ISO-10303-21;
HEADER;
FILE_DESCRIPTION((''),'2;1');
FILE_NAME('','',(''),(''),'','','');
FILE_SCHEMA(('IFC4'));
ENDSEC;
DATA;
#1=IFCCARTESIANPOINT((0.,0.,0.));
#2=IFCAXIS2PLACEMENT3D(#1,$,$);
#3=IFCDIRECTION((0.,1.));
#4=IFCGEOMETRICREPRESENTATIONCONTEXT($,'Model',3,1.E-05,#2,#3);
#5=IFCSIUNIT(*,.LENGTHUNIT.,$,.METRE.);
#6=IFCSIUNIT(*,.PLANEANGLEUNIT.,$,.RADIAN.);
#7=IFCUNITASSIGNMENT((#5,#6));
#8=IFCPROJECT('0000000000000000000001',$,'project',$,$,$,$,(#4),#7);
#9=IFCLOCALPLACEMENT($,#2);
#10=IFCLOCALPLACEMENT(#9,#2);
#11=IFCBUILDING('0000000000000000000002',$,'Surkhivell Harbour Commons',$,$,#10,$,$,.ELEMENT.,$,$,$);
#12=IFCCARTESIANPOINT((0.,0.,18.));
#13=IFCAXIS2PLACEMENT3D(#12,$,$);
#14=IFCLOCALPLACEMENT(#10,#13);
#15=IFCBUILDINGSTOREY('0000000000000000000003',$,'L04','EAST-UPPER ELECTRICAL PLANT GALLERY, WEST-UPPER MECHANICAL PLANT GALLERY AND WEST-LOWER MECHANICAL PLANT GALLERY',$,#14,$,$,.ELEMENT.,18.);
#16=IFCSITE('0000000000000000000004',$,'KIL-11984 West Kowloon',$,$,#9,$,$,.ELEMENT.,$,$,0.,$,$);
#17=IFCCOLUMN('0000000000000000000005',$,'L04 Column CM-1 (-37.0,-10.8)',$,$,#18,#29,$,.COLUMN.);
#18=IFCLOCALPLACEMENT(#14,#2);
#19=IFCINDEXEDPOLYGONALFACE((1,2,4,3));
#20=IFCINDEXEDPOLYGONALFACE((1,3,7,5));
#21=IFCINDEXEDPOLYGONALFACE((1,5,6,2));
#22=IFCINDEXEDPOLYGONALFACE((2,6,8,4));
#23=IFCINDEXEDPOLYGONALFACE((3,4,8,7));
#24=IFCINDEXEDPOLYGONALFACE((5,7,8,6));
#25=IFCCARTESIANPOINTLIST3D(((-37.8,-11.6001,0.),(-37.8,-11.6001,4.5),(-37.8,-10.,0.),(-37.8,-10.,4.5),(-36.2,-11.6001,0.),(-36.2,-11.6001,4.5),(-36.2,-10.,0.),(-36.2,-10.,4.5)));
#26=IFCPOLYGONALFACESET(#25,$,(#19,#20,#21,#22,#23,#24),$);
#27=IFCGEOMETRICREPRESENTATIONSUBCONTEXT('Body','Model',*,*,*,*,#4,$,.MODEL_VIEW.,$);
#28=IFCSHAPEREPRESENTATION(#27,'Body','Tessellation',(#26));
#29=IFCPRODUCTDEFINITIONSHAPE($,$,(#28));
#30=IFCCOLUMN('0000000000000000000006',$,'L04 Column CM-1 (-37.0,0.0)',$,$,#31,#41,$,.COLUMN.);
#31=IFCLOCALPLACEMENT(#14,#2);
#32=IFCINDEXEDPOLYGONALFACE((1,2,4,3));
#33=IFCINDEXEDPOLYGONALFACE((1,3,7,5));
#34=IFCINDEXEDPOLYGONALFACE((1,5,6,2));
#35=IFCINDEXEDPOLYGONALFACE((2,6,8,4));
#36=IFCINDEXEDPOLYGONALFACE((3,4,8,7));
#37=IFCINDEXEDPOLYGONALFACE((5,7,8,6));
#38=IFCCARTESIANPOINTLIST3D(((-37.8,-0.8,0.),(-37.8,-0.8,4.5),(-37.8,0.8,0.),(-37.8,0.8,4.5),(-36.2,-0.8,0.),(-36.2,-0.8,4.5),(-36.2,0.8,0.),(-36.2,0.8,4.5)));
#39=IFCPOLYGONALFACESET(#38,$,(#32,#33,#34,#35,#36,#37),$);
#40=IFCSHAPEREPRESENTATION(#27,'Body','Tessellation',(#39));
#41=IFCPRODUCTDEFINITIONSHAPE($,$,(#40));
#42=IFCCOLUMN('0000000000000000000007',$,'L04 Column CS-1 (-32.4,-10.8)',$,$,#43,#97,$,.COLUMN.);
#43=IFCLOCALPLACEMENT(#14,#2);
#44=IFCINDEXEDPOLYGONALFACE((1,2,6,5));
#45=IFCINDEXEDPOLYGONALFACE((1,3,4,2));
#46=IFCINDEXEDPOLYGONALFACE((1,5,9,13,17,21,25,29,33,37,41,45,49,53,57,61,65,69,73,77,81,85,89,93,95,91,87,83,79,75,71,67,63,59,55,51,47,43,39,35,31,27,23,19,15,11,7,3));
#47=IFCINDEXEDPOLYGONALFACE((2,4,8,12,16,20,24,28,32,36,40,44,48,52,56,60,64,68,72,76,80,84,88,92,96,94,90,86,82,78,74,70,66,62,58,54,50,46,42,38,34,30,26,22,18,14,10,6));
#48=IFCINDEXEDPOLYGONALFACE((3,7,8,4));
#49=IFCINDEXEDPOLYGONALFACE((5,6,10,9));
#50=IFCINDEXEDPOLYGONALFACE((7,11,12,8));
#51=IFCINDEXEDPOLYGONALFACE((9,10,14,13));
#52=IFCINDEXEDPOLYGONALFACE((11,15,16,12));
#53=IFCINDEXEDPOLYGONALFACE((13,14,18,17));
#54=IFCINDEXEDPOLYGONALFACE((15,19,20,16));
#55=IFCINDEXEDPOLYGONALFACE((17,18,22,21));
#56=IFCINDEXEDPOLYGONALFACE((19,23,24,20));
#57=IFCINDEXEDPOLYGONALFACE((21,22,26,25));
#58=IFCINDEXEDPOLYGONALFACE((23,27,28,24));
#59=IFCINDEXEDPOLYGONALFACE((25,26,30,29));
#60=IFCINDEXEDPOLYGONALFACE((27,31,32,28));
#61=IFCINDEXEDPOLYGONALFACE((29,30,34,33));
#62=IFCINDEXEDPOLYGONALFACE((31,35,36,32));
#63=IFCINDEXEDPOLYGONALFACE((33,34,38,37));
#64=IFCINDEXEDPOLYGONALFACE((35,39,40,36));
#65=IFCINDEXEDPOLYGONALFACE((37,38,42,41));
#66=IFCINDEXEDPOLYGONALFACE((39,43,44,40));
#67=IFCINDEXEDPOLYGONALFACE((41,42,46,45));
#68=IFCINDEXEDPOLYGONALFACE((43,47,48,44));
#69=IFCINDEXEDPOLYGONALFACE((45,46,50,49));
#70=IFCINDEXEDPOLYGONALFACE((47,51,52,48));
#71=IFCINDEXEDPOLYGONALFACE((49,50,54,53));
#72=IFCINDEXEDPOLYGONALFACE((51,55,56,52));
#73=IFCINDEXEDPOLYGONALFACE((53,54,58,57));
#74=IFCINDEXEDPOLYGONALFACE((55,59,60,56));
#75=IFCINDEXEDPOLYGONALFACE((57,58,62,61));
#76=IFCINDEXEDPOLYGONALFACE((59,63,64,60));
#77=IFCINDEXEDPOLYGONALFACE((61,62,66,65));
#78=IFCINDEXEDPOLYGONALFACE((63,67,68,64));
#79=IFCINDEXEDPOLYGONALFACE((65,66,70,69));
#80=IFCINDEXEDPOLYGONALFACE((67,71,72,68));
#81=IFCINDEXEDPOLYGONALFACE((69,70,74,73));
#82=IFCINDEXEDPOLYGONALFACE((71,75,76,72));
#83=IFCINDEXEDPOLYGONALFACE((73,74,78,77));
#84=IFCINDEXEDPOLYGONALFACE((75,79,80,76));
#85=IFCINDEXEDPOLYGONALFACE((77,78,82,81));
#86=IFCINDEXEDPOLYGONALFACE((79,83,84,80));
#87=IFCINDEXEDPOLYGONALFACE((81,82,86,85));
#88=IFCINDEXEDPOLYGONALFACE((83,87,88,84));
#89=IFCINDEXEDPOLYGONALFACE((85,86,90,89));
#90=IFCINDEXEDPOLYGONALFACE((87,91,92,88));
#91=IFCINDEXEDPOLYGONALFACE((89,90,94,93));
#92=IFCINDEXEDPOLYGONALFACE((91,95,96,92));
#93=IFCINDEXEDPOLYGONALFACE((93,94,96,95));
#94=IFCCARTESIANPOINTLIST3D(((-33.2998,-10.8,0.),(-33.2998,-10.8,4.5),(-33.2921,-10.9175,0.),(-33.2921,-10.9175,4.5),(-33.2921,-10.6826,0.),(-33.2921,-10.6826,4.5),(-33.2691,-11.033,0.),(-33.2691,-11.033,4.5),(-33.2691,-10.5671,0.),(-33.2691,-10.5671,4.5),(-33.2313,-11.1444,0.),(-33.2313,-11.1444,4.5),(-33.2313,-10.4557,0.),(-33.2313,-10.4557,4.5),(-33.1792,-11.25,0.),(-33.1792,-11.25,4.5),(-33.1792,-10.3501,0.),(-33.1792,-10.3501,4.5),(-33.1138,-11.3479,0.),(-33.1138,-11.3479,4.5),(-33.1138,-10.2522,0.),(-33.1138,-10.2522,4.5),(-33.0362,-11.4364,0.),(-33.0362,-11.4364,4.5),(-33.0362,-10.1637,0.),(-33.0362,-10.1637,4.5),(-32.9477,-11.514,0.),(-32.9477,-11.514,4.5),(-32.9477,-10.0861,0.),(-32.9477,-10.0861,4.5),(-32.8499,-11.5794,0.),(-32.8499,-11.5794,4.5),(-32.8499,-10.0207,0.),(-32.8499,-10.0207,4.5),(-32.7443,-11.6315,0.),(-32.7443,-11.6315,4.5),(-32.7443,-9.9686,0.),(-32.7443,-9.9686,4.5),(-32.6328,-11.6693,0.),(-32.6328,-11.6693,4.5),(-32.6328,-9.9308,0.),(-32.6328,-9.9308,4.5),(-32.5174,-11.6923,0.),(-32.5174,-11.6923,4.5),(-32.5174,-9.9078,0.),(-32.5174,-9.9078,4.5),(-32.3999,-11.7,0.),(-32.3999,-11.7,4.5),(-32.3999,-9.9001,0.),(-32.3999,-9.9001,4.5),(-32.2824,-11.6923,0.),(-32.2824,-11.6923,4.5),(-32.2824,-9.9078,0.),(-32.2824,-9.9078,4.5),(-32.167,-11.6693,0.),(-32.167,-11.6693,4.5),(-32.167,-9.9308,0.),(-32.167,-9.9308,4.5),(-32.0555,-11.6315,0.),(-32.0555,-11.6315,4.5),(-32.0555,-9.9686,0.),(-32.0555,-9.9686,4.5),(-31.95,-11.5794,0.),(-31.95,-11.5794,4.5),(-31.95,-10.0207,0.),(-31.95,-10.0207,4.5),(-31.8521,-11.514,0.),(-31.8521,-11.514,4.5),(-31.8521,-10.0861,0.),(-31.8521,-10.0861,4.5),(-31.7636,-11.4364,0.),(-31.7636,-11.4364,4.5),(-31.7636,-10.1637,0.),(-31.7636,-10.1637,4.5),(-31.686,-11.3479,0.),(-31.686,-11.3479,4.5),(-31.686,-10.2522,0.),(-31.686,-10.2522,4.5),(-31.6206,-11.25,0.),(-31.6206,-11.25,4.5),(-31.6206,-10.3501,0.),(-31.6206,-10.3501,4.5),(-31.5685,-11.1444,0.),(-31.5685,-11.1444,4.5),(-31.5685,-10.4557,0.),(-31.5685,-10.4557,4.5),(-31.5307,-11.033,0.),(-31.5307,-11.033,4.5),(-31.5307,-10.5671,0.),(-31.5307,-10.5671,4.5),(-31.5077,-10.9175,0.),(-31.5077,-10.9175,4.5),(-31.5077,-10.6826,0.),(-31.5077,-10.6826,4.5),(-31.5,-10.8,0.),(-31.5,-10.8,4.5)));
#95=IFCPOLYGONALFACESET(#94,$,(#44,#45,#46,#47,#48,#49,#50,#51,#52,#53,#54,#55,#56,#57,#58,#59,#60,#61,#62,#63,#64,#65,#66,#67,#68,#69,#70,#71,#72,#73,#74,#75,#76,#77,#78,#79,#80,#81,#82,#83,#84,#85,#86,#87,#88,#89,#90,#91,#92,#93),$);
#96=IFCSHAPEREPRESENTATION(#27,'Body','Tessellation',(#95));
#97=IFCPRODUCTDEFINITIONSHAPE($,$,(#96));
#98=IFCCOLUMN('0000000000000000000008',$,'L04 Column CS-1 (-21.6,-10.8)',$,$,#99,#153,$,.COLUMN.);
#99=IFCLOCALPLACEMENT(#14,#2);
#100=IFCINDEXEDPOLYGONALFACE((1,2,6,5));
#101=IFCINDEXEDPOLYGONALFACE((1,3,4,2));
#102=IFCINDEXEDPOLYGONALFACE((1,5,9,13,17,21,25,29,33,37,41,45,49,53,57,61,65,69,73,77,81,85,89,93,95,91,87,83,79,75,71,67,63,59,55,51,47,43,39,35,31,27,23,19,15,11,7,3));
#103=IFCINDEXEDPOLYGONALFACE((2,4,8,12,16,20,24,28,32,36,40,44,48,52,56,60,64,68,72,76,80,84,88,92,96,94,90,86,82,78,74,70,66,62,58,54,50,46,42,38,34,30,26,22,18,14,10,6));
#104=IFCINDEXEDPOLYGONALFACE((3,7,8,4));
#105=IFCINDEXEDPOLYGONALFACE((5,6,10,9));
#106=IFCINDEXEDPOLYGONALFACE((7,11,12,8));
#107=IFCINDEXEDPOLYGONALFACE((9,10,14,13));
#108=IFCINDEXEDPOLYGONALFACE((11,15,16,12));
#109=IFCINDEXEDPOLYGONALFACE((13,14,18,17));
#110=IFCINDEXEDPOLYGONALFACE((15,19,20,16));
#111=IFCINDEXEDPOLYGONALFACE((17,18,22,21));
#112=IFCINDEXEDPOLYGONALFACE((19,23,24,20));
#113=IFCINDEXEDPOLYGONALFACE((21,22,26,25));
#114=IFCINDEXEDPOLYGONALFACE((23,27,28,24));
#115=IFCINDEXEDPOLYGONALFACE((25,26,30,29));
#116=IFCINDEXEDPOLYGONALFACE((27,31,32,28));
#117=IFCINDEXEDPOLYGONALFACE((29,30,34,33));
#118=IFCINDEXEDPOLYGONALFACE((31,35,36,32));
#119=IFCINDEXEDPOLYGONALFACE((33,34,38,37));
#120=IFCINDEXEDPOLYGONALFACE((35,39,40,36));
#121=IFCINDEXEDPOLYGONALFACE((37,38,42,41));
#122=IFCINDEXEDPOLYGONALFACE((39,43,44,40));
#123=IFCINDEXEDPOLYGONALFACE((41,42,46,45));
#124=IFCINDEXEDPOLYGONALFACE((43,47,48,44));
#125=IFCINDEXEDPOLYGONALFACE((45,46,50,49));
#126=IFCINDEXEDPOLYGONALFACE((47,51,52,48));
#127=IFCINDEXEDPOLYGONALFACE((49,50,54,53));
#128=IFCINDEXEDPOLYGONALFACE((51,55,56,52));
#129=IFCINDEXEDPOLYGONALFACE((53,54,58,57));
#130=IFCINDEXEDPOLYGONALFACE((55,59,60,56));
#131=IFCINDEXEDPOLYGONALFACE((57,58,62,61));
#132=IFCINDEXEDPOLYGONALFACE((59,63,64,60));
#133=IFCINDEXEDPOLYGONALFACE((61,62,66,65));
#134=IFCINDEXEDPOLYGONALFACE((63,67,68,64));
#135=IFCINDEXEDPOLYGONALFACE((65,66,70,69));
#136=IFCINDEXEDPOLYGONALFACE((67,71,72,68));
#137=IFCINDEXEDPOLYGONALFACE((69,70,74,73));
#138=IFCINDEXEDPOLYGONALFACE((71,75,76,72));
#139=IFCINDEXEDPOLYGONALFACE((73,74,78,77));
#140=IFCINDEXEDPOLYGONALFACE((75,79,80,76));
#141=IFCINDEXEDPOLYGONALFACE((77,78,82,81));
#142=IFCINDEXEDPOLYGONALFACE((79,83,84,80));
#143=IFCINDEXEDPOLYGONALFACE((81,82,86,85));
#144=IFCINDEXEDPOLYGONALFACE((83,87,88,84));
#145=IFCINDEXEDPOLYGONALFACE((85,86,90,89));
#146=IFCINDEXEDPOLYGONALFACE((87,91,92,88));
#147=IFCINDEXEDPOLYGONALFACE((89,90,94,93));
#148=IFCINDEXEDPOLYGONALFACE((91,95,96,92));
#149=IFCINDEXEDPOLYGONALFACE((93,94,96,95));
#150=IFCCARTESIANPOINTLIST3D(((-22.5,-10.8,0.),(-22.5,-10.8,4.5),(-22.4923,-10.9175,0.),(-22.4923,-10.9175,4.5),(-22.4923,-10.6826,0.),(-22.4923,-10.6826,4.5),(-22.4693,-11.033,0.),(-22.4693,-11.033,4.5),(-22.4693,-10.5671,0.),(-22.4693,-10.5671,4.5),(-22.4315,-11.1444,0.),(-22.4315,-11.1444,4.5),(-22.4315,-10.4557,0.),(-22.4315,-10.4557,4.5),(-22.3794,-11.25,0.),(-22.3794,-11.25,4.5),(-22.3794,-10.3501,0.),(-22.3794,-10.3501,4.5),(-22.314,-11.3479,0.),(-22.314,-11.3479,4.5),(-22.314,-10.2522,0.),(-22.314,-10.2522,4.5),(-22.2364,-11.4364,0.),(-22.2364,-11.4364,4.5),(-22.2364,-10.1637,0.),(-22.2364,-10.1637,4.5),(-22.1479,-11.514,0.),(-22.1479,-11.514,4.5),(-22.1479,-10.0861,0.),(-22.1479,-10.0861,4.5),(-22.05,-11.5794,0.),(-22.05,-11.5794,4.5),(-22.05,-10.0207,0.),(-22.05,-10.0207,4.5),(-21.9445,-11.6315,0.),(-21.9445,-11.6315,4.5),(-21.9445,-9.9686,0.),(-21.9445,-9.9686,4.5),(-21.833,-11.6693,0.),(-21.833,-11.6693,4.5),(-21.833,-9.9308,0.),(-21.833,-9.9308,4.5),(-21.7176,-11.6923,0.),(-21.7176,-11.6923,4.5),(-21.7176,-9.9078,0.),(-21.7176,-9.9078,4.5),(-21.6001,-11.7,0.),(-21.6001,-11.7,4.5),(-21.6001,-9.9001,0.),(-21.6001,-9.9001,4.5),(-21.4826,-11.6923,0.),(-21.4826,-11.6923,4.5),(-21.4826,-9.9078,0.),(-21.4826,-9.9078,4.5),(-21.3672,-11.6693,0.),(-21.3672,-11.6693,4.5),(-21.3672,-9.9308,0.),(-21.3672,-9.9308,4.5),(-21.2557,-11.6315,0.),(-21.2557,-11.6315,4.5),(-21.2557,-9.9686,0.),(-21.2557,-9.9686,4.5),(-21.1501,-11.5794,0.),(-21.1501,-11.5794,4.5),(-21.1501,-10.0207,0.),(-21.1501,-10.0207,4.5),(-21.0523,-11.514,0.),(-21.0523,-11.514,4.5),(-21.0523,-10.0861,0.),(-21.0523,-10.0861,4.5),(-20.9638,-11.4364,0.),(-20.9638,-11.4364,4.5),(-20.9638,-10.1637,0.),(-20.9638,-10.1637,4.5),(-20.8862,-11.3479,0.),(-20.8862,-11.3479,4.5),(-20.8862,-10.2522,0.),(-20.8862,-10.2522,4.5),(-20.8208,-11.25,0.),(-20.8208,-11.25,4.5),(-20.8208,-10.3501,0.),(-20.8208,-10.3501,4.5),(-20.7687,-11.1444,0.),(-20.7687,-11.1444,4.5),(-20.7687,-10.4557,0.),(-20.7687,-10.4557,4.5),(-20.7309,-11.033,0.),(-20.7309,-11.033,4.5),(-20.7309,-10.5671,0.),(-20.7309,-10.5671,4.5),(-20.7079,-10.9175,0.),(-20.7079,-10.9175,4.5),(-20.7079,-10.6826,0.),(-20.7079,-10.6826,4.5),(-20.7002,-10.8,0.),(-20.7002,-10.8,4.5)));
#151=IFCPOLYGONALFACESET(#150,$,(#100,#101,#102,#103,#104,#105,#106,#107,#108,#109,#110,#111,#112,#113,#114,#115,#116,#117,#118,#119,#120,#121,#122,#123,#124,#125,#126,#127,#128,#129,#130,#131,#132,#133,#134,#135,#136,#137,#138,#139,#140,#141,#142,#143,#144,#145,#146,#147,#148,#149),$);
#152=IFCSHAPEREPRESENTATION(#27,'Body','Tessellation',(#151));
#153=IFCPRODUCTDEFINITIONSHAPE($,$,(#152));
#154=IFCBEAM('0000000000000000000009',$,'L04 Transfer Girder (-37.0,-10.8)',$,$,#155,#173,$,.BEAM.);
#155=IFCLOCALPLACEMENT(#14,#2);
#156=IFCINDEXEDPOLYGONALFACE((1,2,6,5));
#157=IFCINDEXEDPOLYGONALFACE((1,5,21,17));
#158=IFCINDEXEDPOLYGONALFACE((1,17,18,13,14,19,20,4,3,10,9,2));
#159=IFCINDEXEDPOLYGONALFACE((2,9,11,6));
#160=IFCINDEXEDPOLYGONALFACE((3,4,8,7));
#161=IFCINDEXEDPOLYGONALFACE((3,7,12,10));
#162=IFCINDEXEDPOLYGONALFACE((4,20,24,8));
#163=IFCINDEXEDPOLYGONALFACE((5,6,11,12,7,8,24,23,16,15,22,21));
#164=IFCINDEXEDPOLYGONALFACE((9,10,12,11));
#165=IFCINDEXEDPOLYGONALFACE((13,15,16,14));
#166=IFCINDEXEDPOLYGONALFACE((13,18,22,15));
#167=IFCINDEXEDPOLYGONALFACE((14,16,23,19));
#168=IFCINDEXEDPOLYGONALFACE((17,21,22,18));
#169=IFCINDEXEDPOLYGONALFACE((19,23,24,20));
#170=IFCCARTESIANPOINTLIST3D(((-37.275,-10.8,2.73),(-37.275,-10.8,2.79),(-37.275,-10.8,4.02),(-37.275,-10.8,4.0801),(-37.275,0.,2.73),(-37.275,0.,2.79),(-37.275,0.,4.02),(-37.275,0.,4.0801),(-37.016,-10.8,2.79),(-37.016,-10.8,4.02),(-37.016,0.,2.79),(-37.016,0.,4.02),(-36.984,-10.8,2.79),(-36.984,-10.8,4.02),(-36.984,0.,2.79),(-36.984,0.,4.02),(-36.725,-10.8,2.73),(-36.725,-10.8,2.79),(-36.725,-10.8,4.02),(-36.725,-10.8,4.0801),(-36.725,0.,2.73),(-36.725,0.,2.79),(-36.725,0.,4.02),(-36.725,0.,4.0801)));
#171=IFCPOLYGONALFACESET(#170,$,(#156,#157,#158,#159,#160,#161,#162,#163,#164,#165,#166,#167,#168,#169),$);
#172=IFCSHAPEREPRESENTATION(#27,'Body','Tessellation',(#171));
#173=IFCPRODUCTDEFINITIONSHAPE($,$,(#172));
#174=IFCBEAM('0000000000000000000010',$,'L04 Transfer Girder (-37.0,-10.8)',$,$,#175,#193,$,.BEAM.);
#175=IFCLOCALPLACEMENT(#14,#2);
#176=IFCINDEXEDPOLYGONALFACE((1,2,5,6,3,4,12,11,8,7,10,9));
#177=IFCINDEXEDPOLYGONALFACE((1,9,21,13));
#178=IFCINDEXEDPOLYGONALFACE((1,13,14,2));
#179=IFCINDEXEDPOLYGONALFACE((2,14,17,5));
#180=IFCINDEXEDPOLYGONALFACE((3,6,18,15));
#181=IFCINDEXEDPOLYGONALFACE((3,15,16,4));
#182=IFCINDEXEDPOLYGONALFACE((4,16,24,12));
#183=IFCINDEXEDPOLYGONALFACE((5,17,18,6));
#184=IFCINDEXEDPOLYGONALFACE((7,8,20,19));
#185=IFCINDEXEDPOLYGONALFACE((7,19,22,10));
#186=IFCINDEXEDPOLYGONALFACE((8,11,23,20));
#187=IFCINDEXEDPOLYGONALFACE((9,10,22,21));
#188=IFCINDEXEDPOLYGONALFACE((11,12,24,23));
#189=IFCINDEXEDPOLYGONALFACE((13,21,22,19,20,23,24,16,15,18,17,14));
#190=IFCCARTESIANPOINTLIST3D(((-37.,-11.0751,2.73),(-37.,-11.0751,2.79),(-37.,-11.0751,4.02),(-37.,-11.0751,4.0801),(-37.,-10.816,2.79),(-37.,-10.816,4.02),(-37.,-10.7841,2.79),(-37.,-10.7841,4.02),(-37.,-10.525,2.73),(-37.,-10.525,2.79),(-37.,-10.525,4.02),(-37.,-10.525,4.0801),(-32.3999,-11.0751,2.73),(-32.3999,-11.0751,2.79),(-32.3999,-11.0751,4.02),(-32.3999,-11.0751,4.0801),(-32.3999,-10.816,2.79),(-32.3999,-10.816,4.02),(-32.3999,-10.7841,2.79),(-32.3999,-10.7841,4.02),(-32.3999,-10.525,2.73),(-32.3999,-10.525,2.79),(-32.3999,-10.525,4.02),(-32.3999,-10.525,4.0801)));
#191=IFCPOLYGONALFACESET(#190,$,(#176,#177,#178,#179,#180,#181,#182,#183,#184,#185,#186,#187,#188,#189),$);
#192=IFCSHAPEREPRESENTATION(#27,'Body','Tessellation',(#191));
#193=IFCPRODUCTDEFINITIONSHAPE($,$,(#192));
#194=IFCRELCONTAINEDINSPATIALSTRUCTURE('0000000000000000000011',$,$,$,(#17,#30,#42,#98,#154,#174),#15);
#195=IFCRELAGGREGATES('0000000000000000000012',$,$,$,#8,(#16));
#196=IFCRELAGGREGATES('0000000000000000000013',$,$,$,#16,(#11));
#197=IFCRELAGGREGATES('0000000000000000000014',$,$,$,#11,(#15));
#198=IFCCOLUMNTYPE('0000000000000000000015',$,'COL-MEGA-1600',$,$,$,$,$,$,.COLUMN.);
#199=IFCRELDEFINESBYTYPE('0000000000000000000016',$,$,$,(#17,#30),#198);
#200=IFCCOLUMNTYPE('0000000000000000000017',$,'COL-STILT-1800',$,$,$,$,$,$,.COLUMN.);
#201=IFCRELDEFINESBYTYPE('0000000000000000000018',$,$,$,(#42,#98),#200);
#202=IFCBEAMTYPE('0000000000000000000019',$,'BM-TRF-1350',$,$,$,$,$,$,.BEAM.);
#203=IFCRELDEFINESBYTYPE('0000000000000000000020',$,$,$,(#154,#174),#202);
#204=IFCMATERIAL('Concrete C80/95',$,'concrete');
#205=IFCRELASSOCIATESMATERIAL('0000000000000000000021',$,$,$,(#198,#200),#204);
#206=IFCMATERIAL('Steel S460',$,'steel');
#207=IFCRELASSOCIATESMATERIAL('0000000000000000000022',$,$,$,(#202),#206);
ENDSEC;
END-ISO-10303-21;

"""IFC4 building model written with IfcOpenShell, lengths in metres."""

from ifc_helpers import new_model, si_unit, direction, frame, origin, origin_2d, place, context, subcontext, project, spatial, rectangle, circle, i_section, extrude, material, material_profile, profile_set, type_object, element, save


model = new_model("IFC4")

# Units and contexts
model_context = context("Model", 3, precision=1e-05, world=origin(), true_north=direction((0.0, 1.0)))
body_context = subcontext(model_context, "Body", "Model", "MODEL_VIEW")
ifc_project = project(units=[si_unit("LENGTHUNIT", "METRE"), si_unit("PLANEANGLEUNIT", "RADIAN")], contexts=[model_context])

# Site, building, storey
site_placement = place(None, origin())
site = spatial("IfcSite", under=ifc_project, at=site_placement, Name="KIL-11984 West Kowloon", CompositionType="ELEMENT", RefElevation=0.0)
building_placement = place(site_placement, origin())
building = spatial("IfcBuilding", under=site, at=building_placement, Name="Surkhivell Harbour Commons", CompositionType="ELEMENT")
storey_placement = place(building_placement, frame((0.0, 0.0, 18.0)))
storey = spatial("IfcBuildingStorey", under=building, at=storey_placement, Name="L04", Description="EAST-UPPER ELECTRICAL PLANT GALLERY, WEST-UPPER MECHANICAL PLANT GALLERY AND WEST-LOWER MECHANICAL PLANT GALLERY", CompositionType="ELEMENT", Elevation=18.0)

# Columns
ifc_material_1 = material(Name="Concrete C80/95", Category="concrete")
ifc_material_profile_1 = material_profile(ifc_material_1, rectangle(XDim=1.6001, YDim=1.6001, at=origin_2d()), Name="RC-COL-1600x1600")
ifc_profile_set_1 = profile_set([ifc_material_profile_1], Name="Concrete C80/95")
column_type_1 = type_object("IfcColumnType", Name="COL-MEGA-1600", PredefinedType="COLUMN", material=ifc_profile_set_1)
for number, where, z_axis, x_axis, name in (
    (1, (-37.0, -10.8, 0.0), (0.0, 0.0, 1.0), (1.0, 0.0, 0.0), "L04 Column CM-1 (-37.0,-10.8)"),
    (2, (-37.0, 0.0, 0.0), (0.0, 0.0, 1.0), (1.0, 0.0, 0.0), "L04 Column CM-1 (-37.0,0.0)"),
):
    element("IfcColumn", number, at=place(storey_placement, frame(where, z_axis=z_axis, x_axis=x_axis)), inside=storey, type_object=column_type_1, Name=name, PredefinedType="COLUMN", context=body_context, shape_type="SweptSolid", body=[
        extrude(rectangle(XDim=1.6001, YDim=1.6001, at=origin_2d()), origin(), (0.0, 0.0, 1.0), 4.5),
    ])
ifc_material_profile_2 = material_profile(ifc_material_1, circle(Radius=0.8999, at=origin_2d()), Name="RC-CIRC-1800")
ifc_profile_set_2 = profile_set([ifc_material_profile_2], Name="Concrete C80/95")
column_type_2 = type_object("IfcColumnType", Name="COL-STILT-1800", PredefinedType="COLUMN", material=ifc_profile_set_2)
for number, where, z_axis, x_axis, name in (
    (3, (-32.3999, -10.8, 0.0), (0.0, 0.0, 1.0), (1.0, 0.0, 0.0), "L04 Column CS-1 (-32.4,-10.8)"),
    (4, (-21.6001, -10.8, 0.0), (0.0, 0.0, 1.0), (1.0, 0.0, 0.0), "L04 Column CS-1 (-21.6,-10.8)"),
):
    element("IfcColumn", number, at=place(storey_placement, frame(where, z_axis=z_axis, x_axis=x_axis)), inside=storey, type_object=column_type_2, Name=name, PredefinedType="COLUMN", context=body_context, shape_type="SweptSolid", body=[
        extrude(circle(Radius=0.8999, at=origin_2d()), origin(), (0.0, 0.0, 1.0), 4.5),
    ])

# Beams
ifc_material_2 = material(Name="Steel S460", Category="steel")
ifc_material_profile_3 = material_profile(ifc_material_2, i_section(OverallWidth=0.55, OverallDepth=1.3501, WebThickness=0.032, FlangeThickness=0.0601, at=origin_2d()), Name="WPG1350x550x248")
ifc_profile_set_3 = profile_set([ifc_material_profile_3], Name="Steel S460")
beam_type_1 = type_object("IfcBeamType", Name="BM-TRF-1350", PredefinedType="BEAM", material=ifc_profile_set_3)
beam_1_placement = place(storey_placement, frame((-37.0, -10.8, 3.405), z_axis=(0.0, 1.0, 0.0), x_axis=(-1.0, 0.0, 0.0)))
element("IfcBeam", 5, at=beam_1_placement, inside=storey, type_object=beam_type_1, Name="L04 Transfer Girder (-37.0,-10.8)", PredefinedType="BEAM", context=body_context, shape_type="SweptSolid", body=[
    extrude(i_section(OverallWidth=0.55, OverallDepth=1.3501, WebThickness=0.032, FlangeThickness=0.0601, at=origin_2d()), origin(), (0.0, 0.0, 1.0), 10.8),
])
beam_2_placement = place(storey_placement, frame((-37.0, -10.8, 3.405), z_axis=(1.0, 0.0, 0.0), x_axis=(0.0, 1.0, 0.0)))
element("IfcBeam", 6, at=beam_2_placement, inside=storey, type_object=beam_type_1, Name="L04 Transfer Girder (-37.0,-10.8)", PredefinedType="BEAM", context=body_context, shape_type="SweptSolid", body=[
    extrude(i_section(OverallWidth=0.55, OverallDepth=1.3501, WebThickness=0.032, FlangeThickness=0.0601, at=origin_2d()), origin(), (0.0, 0.0, 1.0), 4.6001),
])

save(model, "model.ifc")
